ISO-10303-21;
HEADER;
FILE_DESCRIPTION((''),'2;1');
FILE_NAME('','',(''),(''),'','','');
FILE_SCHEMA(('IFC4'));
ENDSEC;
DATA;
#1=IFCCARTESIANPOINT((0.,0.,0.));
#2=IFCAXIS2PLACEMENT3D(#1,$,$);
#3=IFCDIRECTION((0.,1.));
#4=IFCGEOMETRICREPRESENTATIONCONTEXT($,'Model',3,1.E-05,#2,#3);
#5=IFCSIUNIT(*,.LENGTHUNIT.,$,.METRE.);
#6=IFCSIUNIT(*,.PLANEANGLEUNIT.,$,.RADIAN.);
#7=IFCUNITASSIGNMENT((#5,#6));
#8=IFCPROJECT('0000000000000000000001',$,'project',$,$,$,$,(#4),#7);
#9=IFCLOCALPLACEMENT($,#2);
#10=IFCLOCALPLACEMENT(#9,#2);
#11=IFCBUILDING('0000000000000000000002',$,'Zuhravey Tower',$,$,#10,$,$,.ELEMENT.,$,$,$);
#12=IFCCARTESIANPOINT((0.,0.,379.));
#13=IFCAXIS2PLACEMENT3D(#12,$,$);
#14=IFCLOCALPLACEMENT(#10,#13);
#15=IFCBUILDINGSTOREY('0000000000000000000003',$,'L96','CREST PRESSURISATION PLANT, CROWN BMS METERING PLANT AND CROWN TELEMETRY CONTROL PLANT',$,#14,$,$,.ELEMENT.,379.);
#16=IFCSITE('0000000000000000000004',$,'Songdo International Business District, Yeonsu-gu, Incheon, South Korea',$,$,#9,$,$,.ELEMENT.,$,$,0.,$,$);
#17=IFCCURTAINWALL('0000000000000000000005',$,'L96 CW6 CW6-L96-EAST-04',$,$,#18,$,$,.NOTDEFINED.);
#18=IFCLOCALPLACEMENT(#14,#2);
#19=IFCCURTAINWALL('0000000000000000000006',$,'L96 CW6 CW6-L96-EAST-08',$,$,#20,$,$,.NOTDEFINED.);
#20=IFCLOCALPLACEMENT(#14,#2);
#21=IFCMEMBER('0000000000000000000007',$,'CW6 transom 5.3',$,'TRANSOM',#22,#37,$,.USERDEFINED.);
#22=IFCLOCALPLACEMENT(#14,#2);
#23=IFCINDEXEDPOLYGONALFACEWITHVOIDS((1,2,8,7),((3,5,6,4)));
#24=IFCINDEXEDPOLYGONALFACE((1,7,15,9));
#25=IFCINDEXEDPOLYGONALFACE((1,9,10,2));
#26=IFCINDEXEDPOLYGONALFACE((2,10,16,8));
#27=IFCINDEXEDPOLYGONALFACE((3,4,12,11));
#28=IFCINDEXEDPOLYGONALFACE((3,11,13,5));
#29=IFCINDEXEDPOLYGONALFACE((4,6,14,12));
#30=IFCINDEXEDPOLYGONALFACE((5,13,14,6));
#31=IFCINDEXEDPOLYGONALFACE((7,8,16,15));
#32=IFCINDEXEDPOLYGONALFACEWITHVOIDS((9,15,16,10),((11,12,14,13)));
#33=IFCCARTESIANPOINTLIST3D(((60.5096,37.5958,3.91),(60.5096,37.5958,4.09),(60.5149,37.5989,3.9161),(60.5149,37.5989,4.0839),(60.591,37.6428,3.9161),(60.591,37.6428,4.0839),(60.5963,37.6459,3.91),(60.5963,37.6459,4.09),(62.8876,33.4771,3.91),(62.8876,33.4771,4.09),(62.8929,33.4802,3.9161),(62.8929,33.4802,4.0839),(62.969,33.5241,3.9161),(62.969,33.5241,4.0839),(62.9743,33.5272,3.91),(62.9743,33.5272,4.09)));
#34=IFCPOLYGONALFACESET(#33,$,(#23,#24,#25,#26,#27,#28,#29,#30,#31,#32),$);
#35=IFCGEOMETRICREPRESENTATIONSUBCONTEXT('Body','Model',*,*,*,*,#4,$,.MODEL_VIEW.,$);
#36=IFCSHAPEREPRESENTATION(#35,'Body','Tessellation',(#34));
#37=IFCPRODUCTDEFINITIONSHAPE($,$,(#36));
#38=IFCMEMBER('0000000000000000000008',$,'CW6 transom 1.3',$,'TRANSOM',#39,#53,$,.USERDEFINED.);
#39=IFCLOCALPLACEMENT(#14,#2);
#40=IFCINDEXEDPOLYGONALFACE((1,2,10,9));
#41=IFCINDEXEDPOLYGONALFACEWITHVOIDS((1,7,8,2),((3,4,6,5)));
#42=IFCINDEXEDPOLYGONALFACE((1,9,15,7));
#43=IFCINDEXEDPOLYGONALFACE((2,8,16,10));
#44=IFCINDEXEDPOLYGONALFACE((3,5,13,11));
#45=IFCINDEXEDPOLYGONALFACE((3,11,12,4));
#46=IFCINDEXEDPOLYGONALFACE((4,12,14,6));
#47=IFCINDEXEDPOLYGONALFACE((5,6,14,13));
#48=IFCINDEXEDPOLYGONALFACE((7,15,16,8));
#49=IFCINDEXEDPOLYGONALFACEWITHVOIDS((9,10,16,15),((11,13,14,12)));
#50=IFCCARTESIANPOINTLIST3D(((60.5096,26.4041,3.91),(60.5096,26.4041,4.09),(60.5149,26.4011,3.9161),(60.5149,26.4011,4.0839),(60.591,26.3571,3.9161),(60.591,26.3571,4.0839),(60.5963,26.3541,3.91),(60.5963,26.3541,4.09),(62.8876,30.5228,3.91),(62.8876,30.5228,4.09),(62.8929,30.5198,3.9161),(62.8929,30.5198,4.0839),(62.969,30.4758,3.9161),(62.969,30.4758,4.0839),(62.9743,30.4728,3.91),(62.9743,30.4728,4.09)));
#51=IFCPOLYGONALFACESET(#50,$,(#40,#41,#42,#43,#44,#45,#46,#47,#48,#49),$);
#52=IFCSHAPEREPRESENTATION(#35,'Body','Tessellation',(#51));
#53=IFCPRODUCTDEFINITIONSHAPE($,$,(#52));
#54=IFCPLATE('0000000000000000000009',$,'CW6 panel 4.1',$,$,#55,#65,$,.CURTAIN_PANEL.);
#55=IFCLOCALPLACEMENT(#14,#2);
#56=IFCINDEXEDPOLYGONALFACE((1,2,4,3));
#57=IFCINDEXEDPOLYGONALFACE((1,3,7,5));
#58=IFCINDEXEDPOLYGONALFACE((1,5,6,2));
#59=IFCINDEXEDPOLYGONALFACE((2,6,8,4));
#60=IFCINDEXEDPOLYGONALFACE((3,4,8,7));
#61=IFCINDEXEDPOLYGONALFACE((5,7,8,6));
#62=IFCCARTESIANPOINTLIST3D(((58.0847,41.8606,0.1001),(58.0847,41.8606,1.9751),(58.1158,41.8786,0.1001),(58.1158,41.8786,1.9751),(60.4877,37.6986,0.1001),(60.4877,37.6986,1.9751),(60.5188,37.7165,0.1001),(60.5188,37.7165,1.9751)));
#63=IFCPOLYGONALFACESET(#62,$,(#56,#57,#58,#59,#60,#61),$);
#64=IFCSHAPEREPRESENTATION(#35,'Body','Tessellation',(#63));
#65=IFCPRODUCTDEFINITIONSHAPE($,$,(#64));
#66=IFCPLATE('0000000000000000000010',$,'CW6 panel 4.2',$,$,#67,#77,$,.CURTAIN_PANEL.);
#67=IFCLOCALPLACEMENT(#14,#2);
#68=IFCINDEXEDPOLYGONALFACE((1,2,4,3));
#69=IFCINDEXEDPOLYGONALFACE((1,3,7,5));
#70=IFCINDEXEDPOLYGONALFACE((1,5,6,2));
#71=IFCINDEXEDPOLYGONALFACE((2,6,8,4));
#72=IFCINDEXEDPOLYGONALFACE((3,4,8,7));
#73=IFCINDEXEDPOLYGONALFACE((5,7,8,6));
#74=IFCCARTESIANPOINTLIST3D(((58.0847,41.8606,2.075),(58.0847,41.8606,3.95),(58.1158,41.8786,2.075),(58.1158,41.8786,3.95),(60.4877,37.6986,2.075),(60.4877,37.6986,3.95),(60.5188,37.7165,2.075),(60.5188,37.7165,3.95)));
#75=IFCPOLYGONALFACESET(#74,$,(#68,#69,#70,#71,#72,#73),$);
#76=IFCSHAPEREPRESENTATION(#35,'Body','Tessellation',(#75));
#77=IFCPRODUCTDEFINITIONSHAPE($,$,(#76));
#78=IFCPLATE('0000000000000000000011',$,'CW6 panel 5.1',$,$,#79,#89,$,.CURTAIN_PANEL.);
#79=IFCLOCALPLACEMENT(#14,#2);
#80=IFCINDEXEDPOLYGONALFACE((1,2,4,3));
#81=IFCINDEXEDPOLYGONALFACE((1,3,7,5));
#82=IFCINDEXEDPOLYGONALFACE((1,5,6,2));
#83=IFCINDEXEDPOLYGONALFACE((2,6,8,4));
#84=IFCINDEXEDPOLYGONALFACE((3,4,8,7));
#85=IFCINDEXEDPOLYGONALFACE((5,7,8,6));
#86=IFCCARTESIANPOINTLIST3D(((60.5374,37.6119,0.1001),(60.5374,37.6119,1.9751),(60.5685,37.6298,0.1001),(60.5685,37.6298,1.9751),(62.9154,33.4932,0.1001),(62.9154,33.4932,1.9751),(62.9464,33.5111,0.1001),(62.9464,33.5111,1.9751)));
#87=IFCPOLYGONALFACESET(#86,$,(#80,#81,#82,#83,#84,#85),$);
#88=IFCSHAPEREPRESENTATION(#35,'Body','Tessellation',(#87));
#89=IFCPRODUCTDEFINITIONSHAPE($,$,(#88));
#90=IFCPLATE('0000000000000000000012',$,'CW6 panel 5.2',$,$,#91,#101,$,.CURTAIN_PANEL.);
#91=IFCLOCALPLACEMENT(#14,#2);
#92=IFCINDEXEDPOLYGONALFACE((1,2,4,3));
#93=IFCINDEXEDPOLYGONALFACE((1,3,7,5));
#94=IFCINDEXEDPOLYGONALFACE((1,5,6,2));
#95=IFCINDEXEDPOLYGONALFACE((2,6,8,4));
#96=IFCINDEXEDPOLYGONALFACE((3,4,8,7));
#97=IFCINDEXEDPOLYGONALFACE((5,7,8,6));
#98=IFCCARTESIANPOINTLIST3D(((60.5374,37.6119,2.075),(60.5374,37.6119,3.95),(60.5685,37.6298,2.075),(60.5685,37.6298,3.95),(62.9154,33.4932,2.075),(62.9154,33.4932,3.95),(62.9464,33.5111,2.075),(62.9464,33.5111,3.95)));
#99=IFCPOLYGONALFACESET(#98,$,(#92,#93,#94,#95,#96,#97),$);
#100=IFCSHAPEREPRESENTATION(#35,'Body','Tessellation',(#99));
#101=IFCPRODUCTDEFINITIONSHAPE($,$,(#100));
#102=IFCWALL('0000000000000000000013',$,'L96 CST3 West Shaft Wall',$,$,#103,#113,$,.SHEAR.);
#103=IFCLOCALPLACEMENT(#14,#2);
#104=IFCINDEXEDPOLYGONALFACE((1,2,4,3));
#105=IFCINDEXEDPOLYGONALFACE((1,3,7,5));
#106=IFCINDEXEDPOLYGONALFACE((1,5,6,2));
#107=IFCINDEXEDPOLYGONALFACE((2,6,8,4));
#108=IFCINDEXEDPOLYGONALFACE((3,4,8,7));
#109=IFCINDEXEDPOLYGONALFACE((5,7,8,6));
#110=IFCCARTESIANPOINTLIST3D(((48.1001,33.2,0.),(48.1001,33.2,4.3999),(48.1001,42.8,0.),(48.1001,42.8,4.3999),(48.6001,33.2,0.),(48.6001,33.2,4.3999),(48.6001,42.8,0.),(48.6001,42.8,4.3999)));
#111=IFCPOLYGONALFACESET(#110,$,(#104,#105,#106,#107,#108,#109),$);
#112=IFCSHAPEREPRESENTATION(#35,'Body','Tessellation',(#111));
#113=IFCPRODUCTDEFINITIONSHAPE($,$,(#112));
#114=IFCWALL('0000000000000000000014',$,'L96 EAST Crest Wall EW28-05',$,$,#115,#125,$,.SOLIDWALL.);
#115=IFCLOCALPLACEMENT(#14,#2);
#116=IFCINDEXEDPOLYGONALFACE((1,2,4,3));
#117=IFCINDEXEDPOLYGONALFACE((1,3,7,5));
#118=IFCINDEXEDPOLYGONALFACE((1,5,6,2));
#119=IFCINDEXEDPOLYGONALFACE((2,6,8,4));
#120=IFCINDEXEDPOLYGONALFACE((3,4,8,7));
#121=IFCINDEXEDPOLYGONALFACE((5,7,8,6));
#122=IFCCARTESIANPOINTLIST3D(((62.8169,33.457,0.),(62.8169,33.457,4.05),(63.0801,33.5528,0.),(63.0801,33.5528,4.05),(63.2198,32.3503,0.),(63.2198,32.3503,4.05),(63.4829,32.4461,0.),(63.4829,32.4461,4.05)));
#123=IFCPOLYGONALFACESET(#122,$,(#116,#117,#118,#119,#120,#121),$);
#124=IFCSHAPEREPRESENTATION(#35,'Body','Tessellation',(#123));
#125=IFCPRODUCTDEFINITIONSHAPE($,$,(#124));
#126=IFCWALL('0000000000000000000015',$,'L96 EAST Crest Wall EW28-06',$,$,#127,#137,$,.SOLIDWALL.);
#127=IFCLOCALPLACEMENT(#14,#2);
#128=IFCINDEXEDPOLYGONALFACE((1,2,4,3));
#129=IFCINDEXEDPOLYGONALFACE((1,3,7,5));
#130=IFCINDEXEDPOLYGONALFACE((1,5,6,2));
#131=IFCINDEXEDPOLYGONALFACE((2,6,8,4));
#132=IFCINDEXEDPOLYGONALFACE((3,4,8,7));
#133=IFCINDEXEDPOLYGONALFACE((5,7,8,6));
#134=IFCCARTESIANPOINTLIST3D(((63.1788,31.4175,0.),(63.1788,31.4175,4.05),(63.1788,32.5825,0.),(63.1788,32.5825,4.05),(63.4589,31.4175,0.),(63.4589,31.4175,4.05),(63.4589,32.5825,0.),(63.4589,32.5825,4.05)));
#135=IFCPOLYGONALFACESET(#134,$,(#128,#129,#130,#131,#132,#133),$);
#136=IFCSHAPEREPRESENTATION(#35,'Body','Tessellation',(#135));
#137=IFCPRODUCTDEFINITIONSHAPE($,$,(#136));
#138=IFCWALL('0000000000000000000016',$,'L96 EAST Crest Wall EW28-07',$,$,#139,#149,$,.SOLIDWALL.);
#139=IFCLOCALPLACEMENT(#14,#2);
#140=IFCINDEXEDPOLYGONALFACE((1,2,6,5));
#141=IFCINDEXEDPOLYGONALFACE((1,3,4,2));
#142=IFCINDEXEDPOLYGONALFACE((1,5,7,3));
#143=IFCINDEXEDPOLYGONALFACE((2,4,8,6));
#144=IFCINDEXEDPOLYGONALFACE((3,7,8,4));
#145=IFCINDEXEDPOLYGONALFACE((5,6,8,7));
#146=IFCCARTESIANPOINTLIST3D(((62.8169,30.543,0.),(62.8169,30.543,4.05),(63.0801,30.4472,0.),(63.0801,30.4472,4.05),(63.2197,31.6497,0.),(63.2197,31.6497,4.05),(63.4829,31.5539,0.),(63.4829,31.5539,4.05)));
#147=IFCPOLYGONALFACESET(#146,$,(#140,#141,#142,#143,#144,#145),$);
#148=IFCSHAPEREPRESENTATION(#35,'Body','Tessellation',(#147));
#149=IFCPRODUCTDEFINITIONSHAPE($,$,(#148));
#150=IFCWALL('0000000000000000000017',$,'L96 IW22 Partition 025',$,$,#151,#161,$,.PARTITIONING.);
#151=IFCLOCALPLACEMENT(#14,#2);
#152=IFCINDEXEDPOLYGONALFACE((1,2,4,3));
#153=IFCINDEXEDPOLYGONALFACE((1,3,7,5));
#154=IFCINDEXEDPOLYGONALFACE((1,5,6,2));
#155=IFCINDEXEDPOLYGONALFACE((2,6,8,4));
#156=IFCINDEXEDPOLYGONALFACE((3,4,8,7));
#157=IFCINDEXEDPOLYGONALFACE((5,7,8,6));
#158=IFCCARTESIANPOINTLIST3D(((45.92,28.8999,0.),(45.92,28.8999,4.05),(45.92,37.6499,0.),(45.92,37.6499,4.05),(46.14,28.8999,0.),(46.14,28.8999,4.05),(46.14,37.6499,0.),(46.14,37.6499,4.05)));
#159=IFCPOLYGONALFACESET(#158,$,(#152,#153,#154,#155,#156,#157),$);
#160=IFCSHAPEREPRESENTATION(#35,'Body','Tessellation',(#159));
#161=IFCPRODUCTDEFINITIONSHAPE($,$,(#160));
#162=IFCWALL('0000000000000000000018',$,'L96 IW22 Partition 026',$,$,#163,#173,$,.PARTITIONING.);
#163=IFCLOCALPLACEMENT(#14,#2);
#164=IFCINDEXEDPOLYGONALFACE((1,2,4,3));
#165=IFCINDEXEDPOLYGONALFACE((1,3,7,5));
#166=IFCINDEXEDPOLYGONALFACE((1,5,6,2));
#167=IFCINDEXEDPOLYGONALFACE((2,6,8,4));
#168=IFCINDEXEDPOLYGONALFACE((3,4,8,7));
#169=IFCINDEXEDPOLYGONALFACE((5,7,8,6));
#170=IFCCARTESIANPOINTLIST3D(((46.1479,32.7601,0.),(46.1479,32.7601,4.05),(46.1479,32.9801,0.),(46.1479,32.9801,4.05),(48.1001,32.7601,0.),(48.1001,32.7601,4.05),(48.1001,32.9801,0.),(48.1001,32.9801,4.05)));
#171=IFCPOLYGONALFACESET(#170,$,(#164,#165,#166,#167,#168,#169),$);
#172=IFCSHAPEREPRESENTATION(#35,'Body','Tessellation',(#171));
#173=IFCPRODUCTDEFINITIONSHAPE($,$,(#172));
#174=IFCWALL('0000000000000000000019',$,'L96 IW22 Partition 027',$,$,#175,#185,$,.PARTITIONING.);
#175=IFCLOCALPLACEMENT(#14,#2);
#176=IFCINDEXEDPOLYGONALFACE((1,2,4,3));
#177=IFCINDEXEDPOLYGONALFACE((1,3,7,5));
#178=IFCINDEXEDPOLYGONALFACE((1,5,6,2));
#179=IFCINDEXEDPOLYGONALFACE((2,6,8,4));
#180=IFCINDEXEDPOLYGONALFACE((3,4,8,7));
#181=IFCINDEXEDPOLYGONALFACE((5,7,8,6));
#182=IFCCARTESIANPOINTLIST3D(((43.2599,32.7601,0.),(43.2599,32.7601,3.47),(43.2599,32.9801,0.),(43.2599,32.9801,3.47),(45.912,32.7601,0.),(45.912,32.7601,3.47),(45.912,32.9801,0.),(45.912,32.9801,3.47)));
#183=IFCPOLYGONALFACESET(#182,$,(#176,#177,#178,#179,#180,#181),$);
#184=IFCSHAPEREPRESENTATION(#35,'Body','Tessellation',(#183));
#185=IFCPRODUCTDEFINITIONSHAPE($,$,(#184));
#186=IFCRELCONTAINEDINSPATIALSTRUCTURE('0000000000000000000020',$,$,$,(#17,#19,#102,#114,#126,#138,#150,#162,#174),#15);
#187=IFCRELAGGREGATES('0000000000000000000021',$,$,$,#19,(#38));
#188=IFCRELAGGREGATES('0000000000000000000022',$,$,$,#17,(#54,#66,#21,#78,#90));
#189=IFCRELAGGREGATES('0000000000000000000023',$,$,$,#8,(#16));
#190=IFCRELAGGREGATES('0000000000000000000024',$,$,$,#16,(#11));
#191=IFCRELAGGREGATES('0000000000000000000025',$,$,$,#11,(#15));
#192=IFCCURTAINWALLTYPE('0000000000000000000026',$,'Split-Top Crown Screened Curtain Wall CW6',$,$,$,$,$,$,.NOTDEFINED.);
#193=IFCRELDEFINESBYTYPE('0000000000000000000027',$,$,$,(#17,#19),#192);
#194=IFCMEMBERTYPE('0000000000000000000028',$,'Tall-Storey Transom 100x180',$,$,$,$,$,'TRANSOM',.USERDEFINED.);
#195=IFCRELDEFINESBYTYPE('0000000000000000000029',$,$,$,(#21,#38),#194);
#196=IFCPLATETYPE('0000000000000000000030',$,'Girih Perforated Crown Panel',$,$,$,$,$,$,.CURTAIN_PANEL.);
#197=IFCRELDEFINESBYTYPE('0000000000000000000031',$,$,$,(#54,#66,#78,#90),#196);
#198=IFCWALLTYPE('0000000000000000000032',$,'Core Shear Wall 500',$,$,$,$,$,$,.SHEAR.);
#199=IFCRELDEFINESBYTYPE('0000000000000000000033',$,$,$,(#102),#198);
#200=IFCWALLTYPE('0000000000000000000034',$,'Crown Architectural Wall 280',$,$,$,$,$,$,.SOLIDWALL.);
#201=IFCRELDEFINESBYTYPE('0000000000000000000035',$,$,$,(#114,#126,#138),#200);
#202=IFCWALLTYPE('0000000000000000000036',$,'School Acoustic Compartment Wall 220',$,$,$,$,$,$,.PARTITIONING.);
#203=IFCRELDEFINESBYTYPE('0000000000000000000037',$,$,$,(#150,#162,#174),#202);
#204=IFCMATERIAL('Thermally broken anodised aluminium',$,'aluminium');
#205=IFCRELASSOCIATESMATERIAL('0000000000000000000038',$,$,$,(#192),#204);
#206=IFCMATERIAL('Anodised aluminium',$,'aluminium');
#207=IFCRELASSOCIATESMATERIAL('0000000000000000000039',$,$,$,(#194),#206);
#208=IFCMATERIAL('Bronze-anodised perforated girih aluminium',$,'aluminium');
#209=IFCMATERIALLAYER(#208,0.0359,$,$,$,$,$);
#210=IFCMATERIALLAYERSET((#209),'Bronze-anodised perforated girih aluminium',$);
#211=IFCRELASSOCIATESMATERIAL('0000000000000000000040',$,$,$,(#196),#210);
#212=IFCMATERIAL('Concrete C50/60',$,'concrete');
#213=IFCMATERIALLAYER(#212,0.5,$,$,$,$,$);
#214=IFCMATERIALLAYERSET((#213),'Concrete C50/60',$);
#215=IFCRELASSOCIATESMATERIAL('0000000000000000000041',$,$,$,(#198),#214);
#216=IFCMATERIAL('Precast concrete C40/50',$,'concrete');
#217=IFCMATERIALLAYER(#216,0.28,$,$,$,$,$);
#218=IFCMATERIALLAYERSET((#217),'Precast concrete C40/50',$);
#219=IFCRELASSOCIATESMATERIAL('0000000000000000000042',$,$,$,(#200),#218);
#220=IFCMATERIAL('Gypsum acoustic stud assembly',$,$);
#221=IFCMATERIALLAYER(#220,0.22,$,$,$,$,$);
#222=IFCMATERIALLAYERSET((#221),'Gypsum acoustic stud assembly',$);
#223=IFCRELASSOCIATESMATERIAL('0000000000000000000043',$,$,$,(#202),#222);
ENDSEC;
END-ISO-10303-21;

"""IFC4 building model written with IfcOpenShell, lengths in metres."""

from ifc_helpers import new_model, si_unit, direction, frame, frame_2d, origin, origin_2d, place, context, subcontext, project, spatial, rectangle, hollow_rectangle, extrude, material, layer, layer_set, material_profile, profile_set, type_object, element, aggregate, save


model = new_model("IFC4")

# Units and contexts
model_context = context("Model", 3, precision=1e-05, world=origin(), true_north=direction((0.0, 1.0)))
body_context = subcontext(model_context, "Body", "Model", "MODEL_VIEW")
ifc_project = project(units=[si_unit("LENGTHUNIT", "METRE"), si_unit("PLANEANGLEUNIT", "RADIAN")], contexts=[model_context])

# Site, building, storey
site_placement = place(None, origin())
site = spatial("IfcSite", under=ifc_project, at=site_placement, Name="Songdo International Business District, Yeonsu-gu, Incheon, South Korea", CompositionType="ELEMENT", RefElevation=0.0)
building_placement = place(site_placement, origin())
building = spatial("IfcBuilding", under=site, at=building_placement, Name="Zuhravey Tower", CompositionType="ELEMENT")
storey_placement = place(building_placement, frame((0.0, 0.0, 379.0)))
storey = spatial("IfcBuildingStorey", under=building, at=storey_placement, Name="L96", Description="CREST PRESSURISATION PLANT, CROWN BMS METERING PLANT AND CROWN TELEMETRY CONTROL PLANT", CompositionType="ELEMENT", Elevation=379.0)

# Curtain wall
ifc_material_1 = material(Name="Thermally broken anodised aluminium", Category="aluminium")
curtain_wall_type = type_object("IfcCurtainWallType", Name="Split-Top Crown Screened Curtain Wall CW6", PredefinedType="NOTDEFINED", material=ifc_material_1)
curtain_wall_1_placement = place(storey_placement, origin())
curtain_wall_1 = element("IfcCurtainWall", 1, at=curtain_wall_1_placement, inside=storey, type_object=curtain_wall_type, Name="L96 CW6 CW6-L96-EAST-04", PredefinedType="NOTDEFINED")
ifc_material_2 = material(Name="Anodised aluminium", Category="aluminium")

# Curtain wall
curtain_wall_2_placement = place(storey_placement, origin())
curtain_wall_2 = element("IfcCurtainWall", 2, at=curtain_wall_2_placement, inside=storey, type_object=curtain_wall_type, Name="L96 CW6 CW6-L96-EAST-08", PredefinedType="NOTDEFINED")

# Members
ifc_material_profile_1 = material_profile(ifc_material_2, hollow_rectangle(XDim=0.1001, YDim=0.1799, WallThickness=0.0061, at=origin_2d()), Name="ALU-RHS-100x180x6")
ifc_profile_set_1 = profile_set([ifc_material_profile_1], Name="Anodised aluminium")
member_type_1 = type_object("IfcMemberType", Name="Tall-Storey Transom 100x180", ElementType="TRANSOM", PredefinedType="USERDEFINED", material=ifc_profile_set_1)
member_1_placement = place(storey_placement, frame((60.553, 37.6208, 4.0), z_axis=(0.500004, -0.866023, 0.0), x_axis=(0.866023, 0.500004, 0.0)))
member_1 = element("IfcMember", 3, at=member_1_placement, type_object=member_type_1, Name="CW6 transom 5.3", ObjectType="TRANSOM", PredefinedType="USERDEFINED", context=body_context, shape_type="SweptSolid", body=[
    extrude(hollow_rectangle(XDim=0.1001, YDim=0.1799, WallThickness=0.0061, at=origin_2d()), origin(), (0.0, 0.0, 1.0), 4.7559),
])
member_2_placement = place(storey_placement, frame((62.9309, 30.4978, 4.0), z_axis=(-0.500004, -0.866023, 0.0), x_axis=(0.866023, -0.500004, 0.0)))
member_2 = element("IfcMember", 4, at=member_2_placement, type_object=member_type_1, Name="CW6 transom 1.3", ObjectType="TRANSOM", PredefinedType="USERDEFINED", context=body_context, shape_type="SweptSolid", body=[
    extrude(hollow_rectangle(XDim=0.1001, YDim=0.1799, WallThickness=0.0061, at=origin_2d()), origin(), (0.0, 0.0, 1.0), 4.7559),
])
aggregate(curtain_wall_2, [member_2])

# Plates
ifc_material_3 = material(Name="Bronze-anodised perforated girih aluminium", Category="aluminium")
ifc_layer_1 = layer(ifc_material_3, 0.0359)
ifc_layer_set_1 = layer_set([ifc_layer_1], Name="Bronze-anodised perforated girih aluminium")
plate_type = type_object("IfcPlateType", Name="Girih Perforated Crown Panel", PredefinedType="CURTAIN_PANEL", material=ifc_layer_set_1)
plate_1_placement = place(storey_placement, frame((59.3018, 39.7886, 0.1001), z_axis=(0.0, 0.0, 1.0), x_axis=(0.499997, -0.866027, 0.0)))
plate_1 = element("IfcPlate", 5, at=plate_1_placement, type_object=plate_type, Name="CW6 panel 4.1", PredefinedType="CURTAIN_PANEL", context=body_context, shape_type="SweptSolid", body=[
    extrude(rectangle(XDim=4.8059, YDim=0.0359, at=origin_2d()), origin(), (0.0, 0.0, 1.0), 1.875),
])
plate_2_placement = place(storey_placement, frame((59.3018, 39.7886, 2.075), z_axis=(0.0, 0.0, 1.0), x_axis=(0.499997, -0.866027, 0.0)))
plate_2 = element("IfcPlate", 6, at=plate_2_placement, type_object=plate_type, Name="CW6 panel 4.2", PredefinedType="CURTAIN_PANEL", context=body_context, shape_type="SweptSolid", body=[
    extrude(rectangle(XDim=4.8059, YDim=0.0359, at=origin_2d()), origin(), (0.0, 0.0, 1.0), 1.875),
])
plate_3_placement = place(storey_placement, frame((61.7419, 35.5615, 0.1001), z_axis=(0.0, 0.0, 1.0), x_axis=(0.499997, -0.866027, 0.0)))
plate_3 = element("IfcPlate", 7, at=plate_3_placement, type_object=plate_type, Name="CW6 panel 5.1", PredefinedType="CURTAIN_PANEL", context=body_context, shape_type="SweptSolid", body=[
    extrude(rectangle(XDim=4.7559, YDim=0.0359, at=origin_2d()), origin(), (0.0, 0.0, 1.0), 1.875),
])
plate_4_placement = place(storey_placement, frame((61.7419, 35.5615, 2.075), z_axis=(0.0, 0.0, 1.0), x_axis=(0.499997, -0.866027, 0.0)))
plate_4 = element("IfcPlate", 8, at=plate_4_placement, type_object=plate_type, Name="CW6 panel 5.2", PredefinedType="CURTAIN_PANEL", context=body_context, shape_type="SweptSolid", body=[
    extrude(rectangle(XDim=4.7559, YDim=0.0359, at=origin_2d()), origin(), (0.0, 0.0, 1.0), 1.875),
])
aggregate(curtain_wall_1, [plate_1, plate_2, member_1, plate_3, plate_4])

# Shared definitions
ifc_material_4 = material(Name="Concrete C50/60", Category="concrete")
ifc_layer_2 = layer(ifc_material_4, 0.5)
ifc_layer_set_2 = layer_set([ifc_layer_2], Name="Concrete C50/60")
wall_type_1 = type_object("IfcWallType", Name="Core Shear Wall 500", PredefinedType="SHEAR", material=ifc_layer_set_2)

# Walls
wall_1_placement = place(storey_placement, frame((48.3501, 33.2, 0.0), z_axis=(0.0, 0.0, 1.0), x_axis=(0.0, 1.0, 0.0)))
element("IfcWall", 9, at=wall_1_placement, inside=storey, type_object=wall_type_1, Name="L96 CST3 West Shaft Wall", PredefinedType="SHEAR", context=body_context, shape_type="SweptSolid", body=[
    extrude(rectangle(XDim=9.6001, YDim=0.5, at=frame_2d((4.8, 0.0))), origin(), (0.0, 0.0, 1.0), 4.3999),
])
ifc_material_5 = material(Name="Precast concrete C40/50", Category="concrete")
ifc_layer_3 = layer(ifc_material_5, 0.28)
ifc_layer_set_3 = layer_set([ifc_layer_3], Name="Precast concrete C40/50")
wall_type_2 = type_object("IfcWallType", Name="Crown Architectural Wall 280", PredefinedType="SOLIDWALL", material=ifc_layer_set_3)
wall_2_placement = place(storey_placement, frame((62.9485, 33.5049, 0.0), z_axis=(0.0, 0.0, 1.0), x_axis=(0.342043, -0.939684, 0.0)))
element("IfcWall", 10, at=wall_2_placement, inside=storey, type_object=wall_type_2, Name="L96 EAST Crest Wall EW28-05", PredefinedType="SOLIDWALL", context=body_context, shape_type="SweptSolid", body=[
    extrude(rectangle(XDim=1.1777, YDim=0.28, at=frame_2d((0.5889, 0.0))), origin(), (0.0, 0.0, 1.0), 4.05),
])
wall_3_placement = place(storey_placement, frame((63.3188, 32.5825, 0.0), z_axis=(0.0, 0.0, 1.0), x_axis=(0.0, -1.0, 0.0)))
element("IfcWall", 11, at=wall_3_placement, inside=storey, type_object=wall_type_2, Name="L96 EAST Crest Wall EW28-06", PredefinedType="SOLIDWALL", context=body_context, shape_type="SweptSolid", body=[
    extrude(rectangle(XDim=1.165, YDim=0.28, at=frame_2d((0.5825, 0.0))), origin(), (0.0, 0.0, 1.0), 4.05),
])
wall_4_placement = place(storey_placement, frame((63.3513, 31.6018, 0.0), z_axis=(0.0, 0.0, 1.0), x_axis=(-0.342043, -0.939684, 0.0)))
element("IfcWall", 12, at=wall_4_placement, inside=storey, type_object=wall_type_2, Name="L96 EAST Crest Wall EW28-07", PredefinedType="SOLIDWALL", context=body_context, shape_type="SweptSolid", body=[
    extrude(rectangle(XDim=1.1777, YDim=0.28, at=frame_2d((0.5889, 0.0))), origin(), (0.0, 0.0, 1.0), 4.05),
])
ifc_material_6 = material(Name="Gypsum acoustic stud assembly")
ifc_layer_4 = layer(ifc_material_6, 0.22)
ifc_layer_set_4 = layer_set([ifc_layer_4], Name="Gypsum acoustic stud assembly")
wall_type_3 = type_object("IfcWallType", Name="School Acoustic Compartment Wall 220", PredefinedType="PARTITIONING", material=ifc_layer_set_4)
wall_5_placement = place(storey_placement, frame((46.03, 37.6499, 0.0), z_axis=(0.0, 0.0, 1.0), x_axis=(0.0, -1.0, 0.0)))
element("IfcWall", 13, at=wall_5_placement, inside=storey, type_object=wall_type_3, Name="L96 IW22 Partition 025", PredefinedType="PARTITIONING", context=body_context, shape_type="SweptSolid", body=[
    extrude(rectangle(XDim=8.75, YDim=0.22, at=frame_2d((4.375, 0.0))), origin(), (0.0, 0.0, 1.0), 4.05),
])
wall_6_placement = place(storey_placement, frame((48.1001, 32.8701, 0.0), z_axis=(0.0, 0.0, 1.0), x_axis=(-1.0, 0.0, 0.0)))
element("IfcWall", 14, at=wall_6_placement, inside=storey, type_object=wall_type_3, Name="L96 IW22 Partition 026", PredefinedType="PARTITIONING", context=body_context, shape_type="SweptSolid", body=[
    extrude(rectangle(XDim=1.9521, YDim=0.22, at=frame_2d((0.9761, 0.0))), origin(), (0.0, 0.0, 1.0), 4.05),
])
wall_7_placement = place(storey_placement, frame((45.9121, 32.8701, 0.0), z_axis=(0.0, 0.0, 1.0), x_axis=(-1.0, 0.0, 0.0)))
element("IfcWall", 15, at=wall_7_placement, inside=storey, type_object=wall_type_3, Name="L96 IW22 Partition 027", PredefinedType="PARTITIONING", context=body_context, shape_type="SweptSolid", body=[
    extrude(rectangle(XDim=2.6521, YDim=0.22, at=frame_2d((1.3262, 0.0))), origin(), (0.0, 0.0, 1.0), 3.47),
])

save(model, "model.ifc")
